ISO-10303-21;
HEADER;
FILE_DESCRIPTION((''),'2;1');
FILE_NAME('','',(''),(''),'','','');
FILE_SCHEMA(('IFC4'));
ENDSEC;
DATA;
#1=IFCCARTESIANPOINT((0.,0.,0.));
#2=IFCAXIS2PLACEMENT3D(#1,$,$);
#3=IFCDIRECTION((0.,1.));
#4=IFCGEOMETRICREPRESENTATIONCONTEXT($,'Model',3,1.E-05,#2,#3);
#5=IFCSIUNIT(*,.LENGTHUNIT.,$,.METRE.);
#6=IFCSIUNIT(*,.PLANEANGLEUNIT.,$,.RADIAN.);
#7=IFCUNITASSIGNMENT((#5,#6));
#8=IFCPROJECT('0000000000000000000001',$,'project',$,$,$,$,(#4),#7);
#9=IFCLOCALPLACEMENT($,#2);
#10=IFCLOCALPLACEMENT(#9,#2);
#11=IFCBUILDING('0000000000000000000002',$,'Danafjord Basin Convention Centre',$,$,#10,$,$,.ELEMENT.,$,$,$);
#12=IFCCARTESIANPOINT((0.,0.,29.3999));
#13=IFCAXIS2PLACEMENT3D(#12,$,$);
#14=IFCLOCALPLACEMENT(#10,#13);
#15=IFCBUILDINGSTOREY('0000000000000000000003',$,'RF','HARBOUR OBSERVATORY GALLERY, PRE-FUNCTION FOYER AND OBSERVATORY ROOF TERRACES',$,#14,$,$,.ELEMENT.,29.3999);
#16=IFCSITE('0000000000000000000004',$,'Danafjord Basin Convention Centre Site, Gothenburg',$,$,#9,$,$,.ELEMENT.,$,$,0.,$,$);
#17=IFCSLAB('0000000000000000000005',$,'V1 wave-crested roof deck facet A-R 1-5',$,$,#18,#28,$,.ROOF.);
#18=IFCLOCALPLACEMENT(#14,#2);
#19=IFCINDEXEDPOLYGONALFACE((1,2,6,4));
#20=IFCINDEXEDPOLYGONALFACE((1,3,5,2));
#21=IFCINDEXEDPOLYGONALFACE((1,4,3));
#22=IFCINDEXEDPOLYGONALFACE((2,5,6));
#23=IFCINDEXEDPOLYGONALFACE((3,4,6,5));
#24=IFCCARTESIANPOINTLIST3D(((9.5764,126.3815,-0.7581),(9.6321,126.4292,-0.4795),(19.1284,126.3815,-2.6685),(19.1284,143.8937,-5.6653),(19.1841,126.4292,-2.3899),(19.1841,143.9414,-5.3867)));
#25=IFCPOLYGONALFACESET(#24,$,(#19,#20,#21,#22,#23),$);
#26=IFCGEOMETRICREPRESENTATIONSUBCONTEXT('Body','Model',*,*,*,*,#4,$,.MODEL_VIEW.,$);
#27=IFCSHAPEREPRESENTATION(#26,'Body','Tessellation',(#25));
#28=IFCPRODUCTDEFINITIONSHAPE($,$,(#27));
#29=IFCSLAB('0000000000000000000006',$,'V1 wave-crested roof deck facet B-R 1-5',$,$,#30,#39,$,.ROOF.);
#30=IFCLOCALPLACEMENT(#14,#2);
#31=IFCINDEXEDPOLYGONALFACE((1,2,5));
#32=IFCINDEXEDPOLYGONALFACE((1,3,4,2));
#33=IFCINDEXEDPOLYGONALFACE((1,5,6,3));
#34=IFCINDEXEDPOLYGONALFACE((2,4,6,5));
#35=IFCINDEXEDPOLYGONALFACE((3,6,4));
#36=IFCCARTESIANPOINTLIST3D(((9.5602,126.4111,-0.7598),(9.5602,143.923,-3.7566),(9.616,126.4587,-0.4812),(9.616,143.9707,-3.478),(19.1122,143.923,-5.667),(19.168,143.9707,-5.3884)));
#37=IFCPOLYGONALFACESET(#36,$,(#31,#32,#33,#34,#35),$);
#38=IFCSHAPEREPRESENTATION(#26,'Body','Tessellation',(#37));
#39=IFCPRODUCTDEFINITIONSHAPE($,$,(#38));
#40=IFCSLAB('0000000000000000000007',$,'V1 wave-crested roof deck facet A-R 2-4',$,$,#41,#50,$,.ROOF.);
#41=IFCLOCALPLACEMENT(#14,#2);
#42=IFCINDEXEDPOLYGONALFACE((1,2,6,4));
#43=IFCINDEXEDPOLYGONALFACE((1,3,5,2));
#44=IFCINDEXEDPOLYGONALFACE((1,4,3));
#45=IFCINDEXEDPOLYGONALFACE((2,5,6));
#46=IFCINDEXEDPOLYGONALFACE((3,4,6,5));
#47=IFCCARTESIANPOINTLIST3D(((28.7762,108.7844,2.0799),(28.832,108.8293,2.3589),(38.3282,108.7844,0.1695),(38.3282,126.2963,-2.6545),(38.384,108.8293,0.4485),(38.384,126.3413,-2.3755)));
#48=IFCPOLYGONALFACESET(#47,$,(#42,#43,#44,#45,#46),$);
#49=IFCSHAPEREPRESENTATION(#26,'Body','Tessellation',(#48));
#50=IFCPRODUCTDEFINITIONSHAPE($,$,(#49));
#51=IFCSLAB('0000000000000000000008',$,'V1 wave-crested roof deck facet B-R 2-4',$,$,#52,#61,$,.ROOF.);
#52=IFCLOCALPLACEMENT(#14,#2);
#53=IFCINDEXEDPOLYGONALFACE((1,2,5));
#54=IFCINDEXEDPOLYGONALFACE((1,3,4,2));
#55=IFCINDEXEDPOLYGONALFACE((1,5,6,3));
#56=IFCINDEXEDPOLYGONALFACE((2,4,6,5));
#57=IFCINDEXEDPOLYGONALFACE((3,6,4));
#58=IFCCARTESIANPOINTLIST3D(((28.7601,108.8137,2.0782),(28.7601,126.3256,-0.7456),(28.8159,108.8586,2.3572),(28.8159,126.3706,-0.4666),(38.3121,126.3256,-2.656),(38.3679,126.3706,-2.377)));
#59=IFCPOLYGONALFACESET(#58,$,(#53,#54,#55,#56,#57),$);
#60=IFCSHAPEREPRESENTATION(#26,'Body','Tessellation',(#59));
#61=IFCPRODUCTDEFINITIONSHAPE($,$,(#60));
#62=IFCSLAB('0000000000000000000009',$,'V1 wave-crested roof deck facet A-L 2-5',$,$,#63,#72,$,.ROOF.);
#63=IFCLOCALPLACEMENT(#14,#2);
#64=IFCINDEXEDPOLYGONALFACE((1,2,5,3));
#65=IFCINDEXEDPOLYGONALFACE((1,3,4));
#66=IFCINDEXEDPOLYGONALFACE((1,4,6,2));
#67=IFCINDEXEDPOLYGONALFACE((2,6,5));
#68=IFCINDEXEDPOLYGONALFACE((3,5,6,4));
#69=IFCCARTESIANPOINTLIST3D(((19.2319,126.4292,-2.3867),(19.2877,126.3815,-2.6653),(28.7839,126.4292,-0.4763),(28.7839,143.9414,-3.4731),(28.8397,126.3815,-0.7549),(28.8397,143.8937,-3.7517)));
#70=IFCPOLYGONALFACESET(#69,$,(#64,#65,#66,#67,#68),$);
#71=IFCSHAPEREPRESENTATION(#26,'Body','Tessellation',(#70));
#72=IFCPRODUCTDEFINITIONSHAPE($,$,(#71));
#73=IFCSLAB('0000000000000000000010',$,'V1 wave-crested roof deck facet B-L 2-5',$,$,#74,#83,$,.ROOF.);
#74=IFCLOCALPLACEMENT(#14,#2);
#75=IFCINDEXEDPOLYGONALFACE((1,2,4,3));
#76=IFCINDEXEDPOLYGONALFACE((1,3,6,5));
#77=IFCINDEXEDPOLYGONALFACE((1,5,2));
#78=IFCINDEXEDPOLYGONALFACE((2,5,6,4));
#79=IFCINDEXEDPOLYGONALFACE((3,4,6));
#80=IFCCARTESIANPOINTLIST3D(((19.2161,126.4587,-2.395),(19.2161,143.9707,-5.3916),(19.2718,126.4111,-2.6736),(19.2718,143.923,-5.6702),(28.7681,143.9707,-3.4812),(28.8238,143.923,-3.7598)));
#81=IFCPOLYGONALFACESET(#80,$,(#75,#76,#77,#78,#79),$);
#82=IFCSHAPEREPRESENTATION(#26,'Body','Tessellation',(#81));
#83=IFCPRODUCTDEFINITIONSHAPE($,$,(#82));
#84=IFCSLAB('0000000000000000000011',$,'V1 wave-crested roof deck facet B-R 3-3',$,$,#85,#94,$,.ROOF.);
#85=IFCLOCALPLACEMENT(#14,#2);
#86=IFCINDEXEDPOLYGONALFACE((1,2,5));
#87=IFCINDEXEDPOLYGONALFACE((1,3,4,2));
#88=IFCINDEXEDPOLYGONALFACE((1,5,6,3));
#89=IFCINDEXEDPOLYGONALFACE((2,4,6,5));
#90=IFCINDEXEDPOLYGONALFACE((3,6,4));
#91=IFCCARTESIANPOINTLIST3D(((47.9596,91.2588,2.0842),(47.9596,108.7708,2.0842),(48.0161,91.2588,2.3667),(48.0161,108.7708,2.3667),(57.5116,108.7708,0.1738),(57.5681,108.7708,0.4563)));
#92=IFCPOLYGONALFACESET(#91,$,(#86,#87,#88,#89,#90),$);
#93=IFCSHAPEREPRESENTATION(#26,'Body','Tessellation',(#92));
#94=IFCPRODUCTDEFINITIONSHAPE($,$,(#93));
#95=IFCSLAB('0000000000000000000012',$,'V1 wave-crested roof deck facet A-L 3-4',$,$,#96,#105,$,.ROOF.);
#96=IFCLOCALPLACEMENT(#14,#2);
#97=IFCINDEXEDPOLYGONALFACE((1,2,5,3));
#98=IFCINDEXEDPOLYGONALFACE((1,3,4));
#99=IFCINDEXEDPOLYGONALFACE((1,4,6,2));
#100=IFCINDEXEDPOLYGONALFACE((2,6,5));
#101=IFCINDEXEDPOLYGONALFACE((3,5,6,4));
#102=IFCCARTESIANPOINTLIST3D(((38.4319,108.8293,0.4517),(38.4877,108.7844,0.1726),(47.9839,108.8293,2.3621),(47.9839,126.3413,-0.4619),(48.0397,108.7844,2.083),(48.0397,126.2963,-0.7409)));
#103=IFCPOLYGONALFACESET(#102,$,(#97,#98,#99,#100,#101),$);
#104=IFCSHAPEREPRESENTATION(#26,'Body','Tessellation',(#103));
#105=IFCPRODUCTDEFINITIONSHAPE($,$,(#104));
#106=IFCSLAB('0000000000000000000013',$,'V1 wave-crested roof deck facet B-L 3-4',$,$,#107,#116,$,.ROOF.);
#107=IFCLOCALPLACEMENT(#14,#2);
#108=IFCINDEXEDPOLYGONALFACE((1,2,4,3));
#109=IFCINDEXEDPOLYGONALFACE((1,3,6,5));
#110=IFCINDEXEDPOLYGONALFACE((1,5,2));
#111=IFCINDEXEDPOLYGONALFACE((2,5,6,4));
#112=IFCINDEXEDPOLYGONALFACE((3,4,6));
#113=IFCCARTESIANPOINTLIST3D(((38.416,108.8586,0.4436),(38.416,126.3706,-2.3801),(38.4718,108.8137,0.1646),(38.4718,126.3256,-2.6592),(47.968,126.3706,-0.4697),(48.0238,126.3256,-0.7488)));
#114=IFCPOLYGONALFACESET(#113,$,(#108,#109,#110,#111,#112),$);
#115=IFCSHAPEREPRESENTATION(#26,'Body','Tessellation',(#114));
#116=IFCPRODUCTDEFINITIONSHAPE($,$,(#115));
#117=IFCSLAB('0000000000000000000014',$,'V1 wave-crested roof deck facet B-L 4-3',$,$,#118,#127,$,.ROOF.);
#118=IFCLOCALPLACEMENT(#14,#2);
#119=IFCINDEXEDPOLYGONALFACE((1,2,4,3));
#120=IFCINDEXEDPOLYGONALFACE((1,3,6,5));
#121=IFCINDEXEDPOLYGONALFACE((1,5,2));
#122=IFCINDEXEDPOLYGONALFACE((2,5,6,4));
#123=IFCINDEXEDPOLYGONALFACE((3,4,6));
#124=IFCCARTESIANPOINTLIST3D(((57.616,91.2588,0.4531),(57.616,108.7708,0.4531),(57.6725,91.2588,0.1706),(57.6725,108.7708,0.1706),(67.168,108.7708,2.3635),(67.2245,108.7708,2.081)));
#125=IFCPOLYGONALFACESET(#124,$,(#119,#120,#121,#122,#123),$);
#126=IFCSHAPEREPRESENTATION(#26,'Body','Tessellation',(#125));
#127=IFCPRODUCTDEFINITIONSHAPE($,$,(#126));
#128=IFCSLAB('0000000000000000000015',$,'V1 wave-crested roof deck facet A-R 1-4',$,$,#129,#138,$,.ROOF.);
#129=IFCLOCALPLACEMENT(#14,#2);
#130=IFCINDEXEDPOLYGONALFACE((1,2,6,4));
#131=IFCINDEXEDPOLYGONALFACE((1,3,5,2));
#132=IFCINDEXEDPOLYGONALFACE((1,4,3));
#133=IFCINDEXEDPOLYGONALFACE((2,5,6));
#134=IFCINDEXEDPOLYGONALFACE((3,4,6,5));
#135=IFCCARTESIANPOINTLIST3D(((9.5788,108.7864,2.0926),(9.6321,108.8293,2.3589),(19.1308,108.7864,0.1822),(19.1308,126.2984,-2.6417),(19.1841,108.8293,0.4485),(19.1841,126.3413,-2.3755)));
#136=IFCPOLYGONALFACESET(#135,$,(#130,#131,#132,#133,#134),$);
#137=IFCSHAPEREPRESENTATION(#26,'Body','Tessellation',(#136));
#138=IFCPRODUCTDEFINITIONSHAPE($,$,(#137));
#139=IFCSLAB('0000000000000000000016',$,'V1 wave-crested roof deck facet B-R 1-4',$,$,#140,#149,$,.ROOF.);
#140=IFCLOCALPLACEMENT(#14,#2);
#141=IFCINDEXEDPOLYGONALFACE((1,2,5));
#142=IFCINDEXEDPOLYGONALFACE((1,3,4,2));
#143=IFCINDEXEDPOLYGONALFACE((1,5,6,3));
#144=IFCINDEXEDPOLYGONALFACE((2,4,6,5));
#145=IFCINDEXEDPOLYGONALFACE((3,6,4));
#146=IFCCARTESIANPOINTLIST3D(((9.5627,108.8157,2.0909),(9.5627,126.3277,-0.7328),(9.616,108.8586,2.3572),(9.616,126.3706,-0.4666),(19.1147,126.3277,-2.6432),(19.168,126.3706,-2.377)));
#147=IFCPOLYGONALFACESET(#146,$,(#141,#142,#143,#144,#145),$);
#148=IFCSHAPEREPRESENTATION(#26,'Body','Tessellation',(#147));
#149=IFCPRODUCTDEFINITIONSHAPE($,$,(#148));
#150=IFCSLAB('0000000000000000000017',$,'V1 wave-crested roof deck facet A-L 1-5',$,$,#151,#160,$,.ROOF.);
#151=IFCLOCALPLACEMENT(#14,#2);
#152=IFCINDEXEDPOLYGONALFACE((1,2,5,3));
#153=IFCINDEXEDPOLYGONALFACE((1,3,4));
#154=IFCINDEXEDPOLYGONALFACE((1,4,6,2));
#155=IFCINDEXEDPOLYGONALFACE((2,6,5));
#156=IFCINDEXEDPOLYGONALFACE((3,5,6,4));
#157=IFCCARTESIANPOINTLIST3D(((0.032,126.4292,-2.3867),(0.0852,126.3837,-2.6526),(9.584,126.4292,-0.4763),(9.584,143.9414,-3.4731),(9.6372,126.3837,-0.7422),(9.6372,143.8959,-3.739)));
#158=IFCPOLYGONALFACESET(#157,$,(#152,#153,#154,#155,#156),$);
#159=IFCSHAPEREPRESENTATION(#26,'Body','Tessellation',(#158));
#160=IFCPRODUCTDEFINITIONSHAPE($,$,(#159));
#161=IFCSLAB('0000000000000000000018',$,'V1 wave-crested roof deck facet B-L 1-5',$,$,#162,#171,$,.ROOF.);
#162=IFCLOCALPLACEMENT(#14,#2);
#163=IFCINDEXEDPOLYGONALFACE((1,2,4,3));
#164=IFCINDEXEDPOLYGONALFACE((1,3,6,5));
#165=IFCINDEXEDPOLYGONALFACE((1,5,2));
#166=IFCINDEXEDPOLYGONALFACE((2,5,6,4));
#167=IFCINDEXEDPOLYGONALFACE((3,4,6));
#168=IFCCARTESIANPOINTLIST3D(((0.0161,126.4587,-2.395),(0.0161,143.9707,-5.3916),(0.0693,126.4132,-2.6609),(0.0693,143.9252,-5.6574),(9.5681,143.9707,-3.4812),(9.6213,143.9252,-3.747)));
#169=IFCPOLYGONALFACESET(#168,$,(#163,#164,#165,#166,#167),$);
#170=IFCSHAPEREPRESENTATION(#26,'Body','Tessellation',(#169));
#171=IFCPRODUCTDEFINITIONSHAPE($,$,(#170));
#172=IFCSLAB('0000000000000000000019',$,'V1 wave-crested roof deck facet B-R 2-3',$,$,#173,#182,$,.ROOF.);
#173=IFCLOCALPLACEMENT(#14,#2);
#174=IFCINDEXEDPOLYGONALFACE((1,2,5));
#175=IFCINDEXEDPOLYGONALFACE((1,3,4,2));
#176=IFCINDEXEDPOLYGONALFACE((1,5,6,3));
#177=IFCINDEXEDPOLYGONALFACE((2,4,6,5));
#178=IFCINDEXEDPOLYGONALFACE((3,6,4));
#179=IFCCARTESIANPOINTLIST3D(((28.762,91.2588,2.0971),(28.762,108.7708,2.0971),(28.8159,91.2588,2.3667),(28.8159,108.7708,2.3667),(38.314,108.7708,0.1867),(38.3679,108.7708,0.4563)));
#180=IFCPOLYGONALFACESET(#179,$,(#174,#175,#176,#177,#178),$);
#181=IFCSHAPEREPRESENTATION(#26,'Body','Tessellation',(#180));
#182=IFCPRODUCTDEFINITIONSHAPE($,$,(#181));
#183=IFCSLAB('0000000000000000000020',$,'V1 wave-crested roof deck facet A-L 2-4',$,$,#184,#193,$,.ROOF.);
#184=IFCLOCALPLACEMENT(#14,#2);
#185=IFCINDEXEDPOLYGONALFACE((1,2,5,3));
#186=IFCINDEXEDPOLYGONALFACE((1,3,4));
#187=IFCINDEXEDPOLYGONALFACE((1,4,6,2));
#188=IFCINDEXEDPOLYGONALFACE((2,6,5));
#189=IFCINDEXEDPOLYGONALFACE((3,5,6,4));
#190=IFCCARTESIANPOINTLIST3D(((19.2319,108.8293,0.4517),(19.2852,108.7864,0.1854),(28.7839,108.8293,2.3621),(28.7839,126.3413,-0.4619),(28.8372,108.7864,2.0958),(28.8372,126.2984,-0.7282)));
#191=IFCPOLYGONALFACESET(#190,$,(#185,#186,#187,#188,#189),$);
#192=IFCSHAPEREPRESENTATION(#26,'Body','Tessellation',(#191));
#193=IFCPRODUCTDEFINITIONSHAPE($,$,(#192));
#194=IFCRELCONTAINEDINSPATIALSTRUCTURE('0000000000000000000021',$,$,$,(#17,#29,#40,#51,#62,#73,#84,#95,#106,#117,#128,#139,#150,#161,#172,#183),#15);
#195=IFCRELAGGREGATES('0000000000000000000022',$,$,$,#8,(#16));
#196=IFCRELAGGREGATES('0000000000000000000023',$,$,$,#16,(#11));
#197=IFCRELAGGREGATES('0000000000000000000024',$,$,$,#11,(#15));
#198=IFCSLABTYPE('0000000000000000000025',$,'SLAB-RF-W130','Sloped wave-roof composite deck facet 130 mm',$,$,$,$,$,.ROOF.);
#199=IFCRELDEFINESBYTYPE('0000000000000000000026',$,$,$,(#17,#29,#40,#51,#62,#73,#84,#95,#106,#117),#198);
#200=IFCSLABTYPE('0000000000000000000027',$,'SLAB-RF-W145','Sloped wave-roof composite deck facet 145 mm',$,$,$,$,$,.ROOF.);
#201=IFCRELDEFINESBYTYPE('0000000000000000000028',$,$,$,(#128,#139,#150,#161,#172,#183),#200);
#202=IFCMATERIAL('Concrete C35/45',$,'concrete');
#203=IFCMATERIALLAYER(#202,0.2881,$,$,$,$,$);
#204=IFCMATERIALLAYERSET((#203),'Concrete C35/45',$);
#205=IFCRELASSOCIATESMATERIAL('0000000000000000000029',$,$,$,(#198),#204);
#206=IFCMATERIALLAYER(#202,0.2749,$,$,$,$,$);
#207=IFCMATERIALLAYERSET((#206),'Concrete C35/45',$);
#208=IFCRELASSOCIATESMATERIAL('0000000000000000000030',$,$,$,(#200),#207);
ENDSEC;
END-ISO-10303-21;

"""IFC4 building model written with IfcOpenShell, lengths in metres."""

from ifc_helpers import new_model, si_unit, direction, frame, origin, place, context, subcontext, project, spatial, polyline, outline, extrude, material, layer, layer_set, type_object, element, save


model = new_model("IFC4")

# Units and contexts
model_context = context("Model", 3, precision=1e-05, world=origin(), true_north=direction((0.0, 1.0)))
body_context = subcontext(model_context, "Body", "Model", "MODEL_VIEW")
ifc_project = project(units=[si_unit("LENGTHUNIT", "METRE"), si_unit("PLANEANGLEUNIT", "RADIAN")], contexts=[model_context])

# Site, building, storey
site_placement = place(None, origin())
site = spatial("IfcSite", under=ifc_project, at=site_placement, Name="Danafjord Basin Convention Centre Site, Gothenburg", CompositionType="ELEMENT", RefElevation=0.0)
building_placement = place(site_placement, origin())
building = spatial("IfcBuilding", under=site, at=building_placement, Name="Danafjord Basin Convention Centre", CompositionType="ELEMENT")
storey_placement = place(building_placement, frame((0.0, 0.0, 29.3999)))
storey = spatial("IfcBuildingStorey", under=building, at=storey_placement, Name="RF", Description="HARBOUR OBSERVATORY GALLERY, PRE-FUNCTION FOYER AND OBSERVATORY ROOF TERRACES", CompositionType="ELEMENT", Elevation=29.3999)

# Slabs
ifc_material_1 = material(Name="Concrete C35/45", Category="concrete")
ifc_layer_1 = layer(ifc_material_1, 0.2881)
ifc_layer_set_1 = layer_set([ifc_layer_1], Name="Concrete C35/45")
slab_type_1 = type_object("IfcSlabType", Name="SLAB-RF-W130", Description="Sloped wave-roof composite deck facet 130 mm", PredefinedType="ROOF", material=ifc_layer_set_1)
slab_1_placement = place(storey_placement, frame((9.6321, 126.4292, -0.4795), z_axis=(0.193412, 0.165491, 0.96706), x_axis=(0.980581, 0.0, -0.196116)))
element("IfcSlab", 1, at=slab_1_placement, inside=storey, type_object=slab_type_1, Name="V1 wave-crested roof deck facet A-R 1-5", PredefinedType="ROOF", context=body_context, shape_type="SweptSolid", body=[
    extrude(outline(polyline([(0.0, 0.0), (9.7412, 0.0), (10.3289, 17.7571), (0.0, 0.0)])), origin(), (0.0, 0.0, -1.0), 0.2881),
])
slab_2_placement = place(storey_placement, frame((9.616, 126.4587, -0.4812), z_axis=(0.193412, 0.165493, 0.967059), x_axis=(0.464989, 0.852479, -0.238883)))
element("IfcSlab", 2, at=slab_2_placement, inside=storey, type_object=slab_type_1, Name="V1 wave-crested roof deck facet B-R 1-5", PredefinedType="ROOF", context=body_context, shape_type="SweptSolid", body=[
    extrude(outline(polyline([(0.0, 0.0), (20.5424, 0.0), (15.6445, 8.4202), (0.0, 0.0)])), origin(), (0.0, 0.0, -1.0), 0.2881),
])
slab_3_placement = place(storey_placement, frame((28.832, 108.8293, 2.3589), z_axis=(0.193709, 0.156188, 0.968546), x_axis=(0.980581, 0.0, -0.196116)))
element("IfcSlab", 3, at=slab_3_placement, inside=storey, type_object=slab_type_1, Name="V1 wave-crested roof deck facet A-R 2-4", PredefinedType="ROOF", context=body_context, shape_type="SweptSolid", body=[
    extrude(outline(polyline([(0.0, 0.0), (9.7412, 0.0), (10.295, 17.7296), (0.0, 0.0)])), origin(), (0.0, 0.0, -1.0), 0.2881),
])
slab_4_placement = place(storey_placement, frame((28.8159, 108.8586, 2.3572), z_axis=(0.19371, 0.156174, 0.968548), x_axis=(0.465912, 0.854169, -0.230914)))
element("IfcSlab", 4, at=slab_4_placement, inside=storey, type_object=slab_type_1, Name="V1 wave-crested roof deck facet B-R 2-4", PredefinedType="ROOF", context=body_context, shape_type="SweptSolid", body=[
    extrude(outline(polyline([(0.0, 0.0), (20.5017, 0.0), (15.6102, 8.424), (0.0, 0.0)])), origin(), (0.0, 0.0, -1.0), 0.2881),
])
slab_5_placement = place(storey_placement, frame((19.2319, 126.4292, -2.3867), z_axis=(-0.193412, 0.165491, 0.96706), x_axis=(0.980581, 0.0, 0.196116)))
element("IfcSlab", 5, at=slab_5_placement, inside=storey, type_object=slab_type_1, Name="V1 wave-crested roof deck facet A-L 2-5", PredefinedType="ROOF", context=body_context, shape_type="SweptSolid", body=[
    extrude(outline(polyline([(0.0, 0.0), (9.7412, 0.0), (9.1534, 17.7571), (0.0, 0.0)])), origin(), (0.0, 0.0, -1.0), 0.2881),
])
slab_6_placement = place(storey_placement, frame((19.2161, 126.4587, -2.395), z_axis=(-0.193412, 0.16548, 0.967062), x_axis=(0.478145, 0.876597, -0.054371)))
element("IfcSlab", 6, at=slab_6_placement, inside=storey, type_object=slab_type_1, Name="V1 wave-crested roof deck facet B-L 2-5", PredefinedType="ROOF", context=body_context, shape_type="SweptSolid", body=[
    extrude(outline(polyline([(0.0, 0.0), (19.9772, 0.0), (15.5139, 8.6584), (0.0, 0.0)])), origin(), (0.0, 0.0, -1.0), 0.2881),
])
slab_7_placement = place(storey_placement, frame((48.0161, 91.2588, 2.3667), z_axis=(0.196116, 0.0, 0.980581), x_axis=(0.476672, 0.873897, -0.095334)))
element("IfcSlab", 7, at=slab_7_placement, inside=storey, type_object=slab_type_1, Name="V1 wave-crested roof deck facet B-R 3-3", PredefinedType="ROOF", context=body_context, shape_type="SweptSolid", body=[
    extrude(outline(polyline([(0.0, 0.0), (20.0389, 0.0), (15.3036, 8.5128), (0.0, 0.0)])), origin(), (0.0, 0.0, -1.0), 0.2881),
])
slab_8_placement = place(storey_placement, frame((38.4319, 108.8293, 0.4517), z_axis=(-0.193709, 0.156188, 0.968546), x_axis=(0.980581, 0.0, 0.196116)))
element("IfcSlab", 8, at=slab_8_placement, inside=storey, type_object=slab_type_1, Name="V1 wave-crested roof deck facet A-L 3-4", PredefinedType="ROOF", context=body_context, shape_type="SweptSolid", body=[
    extrude(outline(polyline([(0.0, 0.0), (9.7412, 0.0), (9.1873, 17.7296), (0.0, 0.0)])), origin(), (0.0, 0.0, -1.0), 0.2881),
])
slab_9_placement = place(storey_placement, frame((38.416, 108.8586, 0.4436), z_axis=(-0.19371, 0.156174, 0.968548), x_axis=(0.478352, 0.876976, -0.045738)))
element("IfcSlab", 9, at=slab_9_placement, inside=storey, type_object=slab_type_1, Name="V1 wave-crested roof deck facet B-L 3-4", PredefinedType="ROOF", context=body_context, shape_type="SweptSolid", body=[
    extrude(outline(polyline([(0.0, 0.0), (19.9686, 0.0), (15.4867, 8.6489), (0.0, 0.0)])), origin(), (0.0, 0.0, -1.0), 0.2881),
])
slab_10_placement = place(storey_placement, frame((57.616, 91.2588, 0.4531), z_axis=(-0.196116, 0.0, 0.980581), x_axis=(0.476672, 0.873897, 0.095334)))
element("IfcSlab", 10, at=slab_10_placement, inside=storey, type_object=slab_type_1, Name="V1 wave-crested roof deck facet B-L 4-3", PredefinedType="ROOF", context=body_context, shape_type="SweptSolid", body=[
    extrude(outline(polyline([(0.0, 0.0), (20.0389, 0.0), (15.3036, 8.5128), (0.0, 0.0)])), origin(), (0.0, 0.0, -1.0), 0.2881),
])
ifc_layer_2 = layer(ifc_material_1, 0.2749)
ifc_layer_set_2 = layer_set([ifc_layer_2], Name="Concrete C35/45")
slab_type_2 = type_object("IfcSlabType", Name="SLAB-RF-W145", Description="Sloped wave-roof composite deck facet 145 mm", PredefinedType="ROOF", material=ifc_layer_set_2)
slab_11_placement = place(storey_placement, frame((9.6321, 108.8293, 2.3589), z_axis=(0.193709, 0.156188, 0.968546), x_axis=(0.980581, 0.0, -0.196116)))
element("IfcSlab", 11, at=slab_11_placement, inside=storey, type_object=slab_type_2, Name="V1 wave-crested roof deck facet A-R 1-4", PredefinedType="ROOF", context=body_context, shape_type="SweptSolid", body=[
    extrude(outline(polyline([(0.0, 0.0), (9.7412, 0.0), (10.295, 17.7296), (0.0, 0.0)])), origin(), (0.0, 0.0, -1.0), 0.2749),
])
slab_12_placement = place(storey_placement, frame((9.616, 108.8586, 2.3572), z_axis=(0.19371, 0.156174, 0.968548), x_axis=(0.465912, 0.854169, -0.230914)))
element("IfcSlab", 12, at=slab_12_placement, inside=storey, type_object=slab_type_2, Name="V1 wave-crested roof deck facet B-R 1-4", PredefinedType="ROOF", context=body_context, shape_type="SweptSolid", body=[
    extrude(outline(polyline([(0.0, 0.0), (20.5017, 0.0), (15.6102, 8.424), (0.0, 0.0)])), origin(), (0.0, 0.0, -1.0), 0.2749),
])
slab_13_placement = place(storey_placement, frame((0.032, 126.4292, -2.3867), z_axis=(-0.193412, 0.165491, 0.96706), x_axis=(0.980581, 0.0, 0.196116)))
element("IfcSlab", 13, at=slab_13_placement, inside=storey, type_object=slab_type_2, Name="V1 wave-crested roof deck facet A-L 1-5", PredefinedType="ROOF", context=body_context, shape_type="SweptSolid", body=[
    extrude(outline(polyline([(0.0, 0.0), (9.7412, 0.0), (9.1534, 17.7571), (0.0, 0.0)])), origin(), (0.0, 0.0, -1.0), 0.2749),
])
slab_14_placement = place(storey_placement, frame((0.0161, 126.4587, -2.395), z_axis=(-0.193412, 0.16548, 0.967062), x_axis=(0.478145, 0.876597, -0.054371)))
element("IfcSlab", 14, at=slab_14_placement, inside=storey, type_object=slab_type_2, Name="V1 wave-crested roof deck facet B-L 1-5", PredefinedType="ROOF", context=body_context, shape_type="SweptSolid", body=[
    extrude(outline(polyline([(0.0, 0.0), (19.9772, 0.0), (15.5139, 8.6584), (0.0, 0.0)])), origin(), (0.0, 0.0, -1.0), 0.2749),
])
slab_15_placement = place(storey_placement, frame((28.8159, 91.2588, 2.3667), z_axis=(0.196116, 0.0, 0.980581), x_axis=(0.476672, 0.873897, -0.095334)))
element("IfcSlab", 15, at=slab_15_placement, inside=storey, type_object=slab_type_2, Name="V1 wave-crested roof deck facet B-R 2-3", PredefinedType="ROOF", context=body_context, shape_type="SweptSolid", body=[
    extrude(outline(polyline([(0.0, 0.0), (20.0389, 0.0), (15.3036, 8.5128), (0.0, 0.0)])), origin(), (0.0, 0.0, -1.0), 0.2749),
])
slab_16_placement = place(storey_placement, frame((19.2319, 108.8293, 0.4517), z_axis=(-0.193709, 0.156188, 0.968546), x_axis=(0.980581, 0.0, 0.196116)))
element("IfcSlab", 16, at=slab_16_placement, inside=storey, type_object=slab_type_2, Name="V1 wave-crested roof deck facet A-L 2-4", PredefinedType="ROOF", context=body_context, shape_type="SweptSolid", body=[
    extrude(outline(polyline([(0.0, 0.0), (9.7412, 0.0), (9.1873, 17.7296), (0.0, 0.0)])), origin(), (0.0, 0.0, -1.0), 0.2749),
])

save(model, "model.ifc")
